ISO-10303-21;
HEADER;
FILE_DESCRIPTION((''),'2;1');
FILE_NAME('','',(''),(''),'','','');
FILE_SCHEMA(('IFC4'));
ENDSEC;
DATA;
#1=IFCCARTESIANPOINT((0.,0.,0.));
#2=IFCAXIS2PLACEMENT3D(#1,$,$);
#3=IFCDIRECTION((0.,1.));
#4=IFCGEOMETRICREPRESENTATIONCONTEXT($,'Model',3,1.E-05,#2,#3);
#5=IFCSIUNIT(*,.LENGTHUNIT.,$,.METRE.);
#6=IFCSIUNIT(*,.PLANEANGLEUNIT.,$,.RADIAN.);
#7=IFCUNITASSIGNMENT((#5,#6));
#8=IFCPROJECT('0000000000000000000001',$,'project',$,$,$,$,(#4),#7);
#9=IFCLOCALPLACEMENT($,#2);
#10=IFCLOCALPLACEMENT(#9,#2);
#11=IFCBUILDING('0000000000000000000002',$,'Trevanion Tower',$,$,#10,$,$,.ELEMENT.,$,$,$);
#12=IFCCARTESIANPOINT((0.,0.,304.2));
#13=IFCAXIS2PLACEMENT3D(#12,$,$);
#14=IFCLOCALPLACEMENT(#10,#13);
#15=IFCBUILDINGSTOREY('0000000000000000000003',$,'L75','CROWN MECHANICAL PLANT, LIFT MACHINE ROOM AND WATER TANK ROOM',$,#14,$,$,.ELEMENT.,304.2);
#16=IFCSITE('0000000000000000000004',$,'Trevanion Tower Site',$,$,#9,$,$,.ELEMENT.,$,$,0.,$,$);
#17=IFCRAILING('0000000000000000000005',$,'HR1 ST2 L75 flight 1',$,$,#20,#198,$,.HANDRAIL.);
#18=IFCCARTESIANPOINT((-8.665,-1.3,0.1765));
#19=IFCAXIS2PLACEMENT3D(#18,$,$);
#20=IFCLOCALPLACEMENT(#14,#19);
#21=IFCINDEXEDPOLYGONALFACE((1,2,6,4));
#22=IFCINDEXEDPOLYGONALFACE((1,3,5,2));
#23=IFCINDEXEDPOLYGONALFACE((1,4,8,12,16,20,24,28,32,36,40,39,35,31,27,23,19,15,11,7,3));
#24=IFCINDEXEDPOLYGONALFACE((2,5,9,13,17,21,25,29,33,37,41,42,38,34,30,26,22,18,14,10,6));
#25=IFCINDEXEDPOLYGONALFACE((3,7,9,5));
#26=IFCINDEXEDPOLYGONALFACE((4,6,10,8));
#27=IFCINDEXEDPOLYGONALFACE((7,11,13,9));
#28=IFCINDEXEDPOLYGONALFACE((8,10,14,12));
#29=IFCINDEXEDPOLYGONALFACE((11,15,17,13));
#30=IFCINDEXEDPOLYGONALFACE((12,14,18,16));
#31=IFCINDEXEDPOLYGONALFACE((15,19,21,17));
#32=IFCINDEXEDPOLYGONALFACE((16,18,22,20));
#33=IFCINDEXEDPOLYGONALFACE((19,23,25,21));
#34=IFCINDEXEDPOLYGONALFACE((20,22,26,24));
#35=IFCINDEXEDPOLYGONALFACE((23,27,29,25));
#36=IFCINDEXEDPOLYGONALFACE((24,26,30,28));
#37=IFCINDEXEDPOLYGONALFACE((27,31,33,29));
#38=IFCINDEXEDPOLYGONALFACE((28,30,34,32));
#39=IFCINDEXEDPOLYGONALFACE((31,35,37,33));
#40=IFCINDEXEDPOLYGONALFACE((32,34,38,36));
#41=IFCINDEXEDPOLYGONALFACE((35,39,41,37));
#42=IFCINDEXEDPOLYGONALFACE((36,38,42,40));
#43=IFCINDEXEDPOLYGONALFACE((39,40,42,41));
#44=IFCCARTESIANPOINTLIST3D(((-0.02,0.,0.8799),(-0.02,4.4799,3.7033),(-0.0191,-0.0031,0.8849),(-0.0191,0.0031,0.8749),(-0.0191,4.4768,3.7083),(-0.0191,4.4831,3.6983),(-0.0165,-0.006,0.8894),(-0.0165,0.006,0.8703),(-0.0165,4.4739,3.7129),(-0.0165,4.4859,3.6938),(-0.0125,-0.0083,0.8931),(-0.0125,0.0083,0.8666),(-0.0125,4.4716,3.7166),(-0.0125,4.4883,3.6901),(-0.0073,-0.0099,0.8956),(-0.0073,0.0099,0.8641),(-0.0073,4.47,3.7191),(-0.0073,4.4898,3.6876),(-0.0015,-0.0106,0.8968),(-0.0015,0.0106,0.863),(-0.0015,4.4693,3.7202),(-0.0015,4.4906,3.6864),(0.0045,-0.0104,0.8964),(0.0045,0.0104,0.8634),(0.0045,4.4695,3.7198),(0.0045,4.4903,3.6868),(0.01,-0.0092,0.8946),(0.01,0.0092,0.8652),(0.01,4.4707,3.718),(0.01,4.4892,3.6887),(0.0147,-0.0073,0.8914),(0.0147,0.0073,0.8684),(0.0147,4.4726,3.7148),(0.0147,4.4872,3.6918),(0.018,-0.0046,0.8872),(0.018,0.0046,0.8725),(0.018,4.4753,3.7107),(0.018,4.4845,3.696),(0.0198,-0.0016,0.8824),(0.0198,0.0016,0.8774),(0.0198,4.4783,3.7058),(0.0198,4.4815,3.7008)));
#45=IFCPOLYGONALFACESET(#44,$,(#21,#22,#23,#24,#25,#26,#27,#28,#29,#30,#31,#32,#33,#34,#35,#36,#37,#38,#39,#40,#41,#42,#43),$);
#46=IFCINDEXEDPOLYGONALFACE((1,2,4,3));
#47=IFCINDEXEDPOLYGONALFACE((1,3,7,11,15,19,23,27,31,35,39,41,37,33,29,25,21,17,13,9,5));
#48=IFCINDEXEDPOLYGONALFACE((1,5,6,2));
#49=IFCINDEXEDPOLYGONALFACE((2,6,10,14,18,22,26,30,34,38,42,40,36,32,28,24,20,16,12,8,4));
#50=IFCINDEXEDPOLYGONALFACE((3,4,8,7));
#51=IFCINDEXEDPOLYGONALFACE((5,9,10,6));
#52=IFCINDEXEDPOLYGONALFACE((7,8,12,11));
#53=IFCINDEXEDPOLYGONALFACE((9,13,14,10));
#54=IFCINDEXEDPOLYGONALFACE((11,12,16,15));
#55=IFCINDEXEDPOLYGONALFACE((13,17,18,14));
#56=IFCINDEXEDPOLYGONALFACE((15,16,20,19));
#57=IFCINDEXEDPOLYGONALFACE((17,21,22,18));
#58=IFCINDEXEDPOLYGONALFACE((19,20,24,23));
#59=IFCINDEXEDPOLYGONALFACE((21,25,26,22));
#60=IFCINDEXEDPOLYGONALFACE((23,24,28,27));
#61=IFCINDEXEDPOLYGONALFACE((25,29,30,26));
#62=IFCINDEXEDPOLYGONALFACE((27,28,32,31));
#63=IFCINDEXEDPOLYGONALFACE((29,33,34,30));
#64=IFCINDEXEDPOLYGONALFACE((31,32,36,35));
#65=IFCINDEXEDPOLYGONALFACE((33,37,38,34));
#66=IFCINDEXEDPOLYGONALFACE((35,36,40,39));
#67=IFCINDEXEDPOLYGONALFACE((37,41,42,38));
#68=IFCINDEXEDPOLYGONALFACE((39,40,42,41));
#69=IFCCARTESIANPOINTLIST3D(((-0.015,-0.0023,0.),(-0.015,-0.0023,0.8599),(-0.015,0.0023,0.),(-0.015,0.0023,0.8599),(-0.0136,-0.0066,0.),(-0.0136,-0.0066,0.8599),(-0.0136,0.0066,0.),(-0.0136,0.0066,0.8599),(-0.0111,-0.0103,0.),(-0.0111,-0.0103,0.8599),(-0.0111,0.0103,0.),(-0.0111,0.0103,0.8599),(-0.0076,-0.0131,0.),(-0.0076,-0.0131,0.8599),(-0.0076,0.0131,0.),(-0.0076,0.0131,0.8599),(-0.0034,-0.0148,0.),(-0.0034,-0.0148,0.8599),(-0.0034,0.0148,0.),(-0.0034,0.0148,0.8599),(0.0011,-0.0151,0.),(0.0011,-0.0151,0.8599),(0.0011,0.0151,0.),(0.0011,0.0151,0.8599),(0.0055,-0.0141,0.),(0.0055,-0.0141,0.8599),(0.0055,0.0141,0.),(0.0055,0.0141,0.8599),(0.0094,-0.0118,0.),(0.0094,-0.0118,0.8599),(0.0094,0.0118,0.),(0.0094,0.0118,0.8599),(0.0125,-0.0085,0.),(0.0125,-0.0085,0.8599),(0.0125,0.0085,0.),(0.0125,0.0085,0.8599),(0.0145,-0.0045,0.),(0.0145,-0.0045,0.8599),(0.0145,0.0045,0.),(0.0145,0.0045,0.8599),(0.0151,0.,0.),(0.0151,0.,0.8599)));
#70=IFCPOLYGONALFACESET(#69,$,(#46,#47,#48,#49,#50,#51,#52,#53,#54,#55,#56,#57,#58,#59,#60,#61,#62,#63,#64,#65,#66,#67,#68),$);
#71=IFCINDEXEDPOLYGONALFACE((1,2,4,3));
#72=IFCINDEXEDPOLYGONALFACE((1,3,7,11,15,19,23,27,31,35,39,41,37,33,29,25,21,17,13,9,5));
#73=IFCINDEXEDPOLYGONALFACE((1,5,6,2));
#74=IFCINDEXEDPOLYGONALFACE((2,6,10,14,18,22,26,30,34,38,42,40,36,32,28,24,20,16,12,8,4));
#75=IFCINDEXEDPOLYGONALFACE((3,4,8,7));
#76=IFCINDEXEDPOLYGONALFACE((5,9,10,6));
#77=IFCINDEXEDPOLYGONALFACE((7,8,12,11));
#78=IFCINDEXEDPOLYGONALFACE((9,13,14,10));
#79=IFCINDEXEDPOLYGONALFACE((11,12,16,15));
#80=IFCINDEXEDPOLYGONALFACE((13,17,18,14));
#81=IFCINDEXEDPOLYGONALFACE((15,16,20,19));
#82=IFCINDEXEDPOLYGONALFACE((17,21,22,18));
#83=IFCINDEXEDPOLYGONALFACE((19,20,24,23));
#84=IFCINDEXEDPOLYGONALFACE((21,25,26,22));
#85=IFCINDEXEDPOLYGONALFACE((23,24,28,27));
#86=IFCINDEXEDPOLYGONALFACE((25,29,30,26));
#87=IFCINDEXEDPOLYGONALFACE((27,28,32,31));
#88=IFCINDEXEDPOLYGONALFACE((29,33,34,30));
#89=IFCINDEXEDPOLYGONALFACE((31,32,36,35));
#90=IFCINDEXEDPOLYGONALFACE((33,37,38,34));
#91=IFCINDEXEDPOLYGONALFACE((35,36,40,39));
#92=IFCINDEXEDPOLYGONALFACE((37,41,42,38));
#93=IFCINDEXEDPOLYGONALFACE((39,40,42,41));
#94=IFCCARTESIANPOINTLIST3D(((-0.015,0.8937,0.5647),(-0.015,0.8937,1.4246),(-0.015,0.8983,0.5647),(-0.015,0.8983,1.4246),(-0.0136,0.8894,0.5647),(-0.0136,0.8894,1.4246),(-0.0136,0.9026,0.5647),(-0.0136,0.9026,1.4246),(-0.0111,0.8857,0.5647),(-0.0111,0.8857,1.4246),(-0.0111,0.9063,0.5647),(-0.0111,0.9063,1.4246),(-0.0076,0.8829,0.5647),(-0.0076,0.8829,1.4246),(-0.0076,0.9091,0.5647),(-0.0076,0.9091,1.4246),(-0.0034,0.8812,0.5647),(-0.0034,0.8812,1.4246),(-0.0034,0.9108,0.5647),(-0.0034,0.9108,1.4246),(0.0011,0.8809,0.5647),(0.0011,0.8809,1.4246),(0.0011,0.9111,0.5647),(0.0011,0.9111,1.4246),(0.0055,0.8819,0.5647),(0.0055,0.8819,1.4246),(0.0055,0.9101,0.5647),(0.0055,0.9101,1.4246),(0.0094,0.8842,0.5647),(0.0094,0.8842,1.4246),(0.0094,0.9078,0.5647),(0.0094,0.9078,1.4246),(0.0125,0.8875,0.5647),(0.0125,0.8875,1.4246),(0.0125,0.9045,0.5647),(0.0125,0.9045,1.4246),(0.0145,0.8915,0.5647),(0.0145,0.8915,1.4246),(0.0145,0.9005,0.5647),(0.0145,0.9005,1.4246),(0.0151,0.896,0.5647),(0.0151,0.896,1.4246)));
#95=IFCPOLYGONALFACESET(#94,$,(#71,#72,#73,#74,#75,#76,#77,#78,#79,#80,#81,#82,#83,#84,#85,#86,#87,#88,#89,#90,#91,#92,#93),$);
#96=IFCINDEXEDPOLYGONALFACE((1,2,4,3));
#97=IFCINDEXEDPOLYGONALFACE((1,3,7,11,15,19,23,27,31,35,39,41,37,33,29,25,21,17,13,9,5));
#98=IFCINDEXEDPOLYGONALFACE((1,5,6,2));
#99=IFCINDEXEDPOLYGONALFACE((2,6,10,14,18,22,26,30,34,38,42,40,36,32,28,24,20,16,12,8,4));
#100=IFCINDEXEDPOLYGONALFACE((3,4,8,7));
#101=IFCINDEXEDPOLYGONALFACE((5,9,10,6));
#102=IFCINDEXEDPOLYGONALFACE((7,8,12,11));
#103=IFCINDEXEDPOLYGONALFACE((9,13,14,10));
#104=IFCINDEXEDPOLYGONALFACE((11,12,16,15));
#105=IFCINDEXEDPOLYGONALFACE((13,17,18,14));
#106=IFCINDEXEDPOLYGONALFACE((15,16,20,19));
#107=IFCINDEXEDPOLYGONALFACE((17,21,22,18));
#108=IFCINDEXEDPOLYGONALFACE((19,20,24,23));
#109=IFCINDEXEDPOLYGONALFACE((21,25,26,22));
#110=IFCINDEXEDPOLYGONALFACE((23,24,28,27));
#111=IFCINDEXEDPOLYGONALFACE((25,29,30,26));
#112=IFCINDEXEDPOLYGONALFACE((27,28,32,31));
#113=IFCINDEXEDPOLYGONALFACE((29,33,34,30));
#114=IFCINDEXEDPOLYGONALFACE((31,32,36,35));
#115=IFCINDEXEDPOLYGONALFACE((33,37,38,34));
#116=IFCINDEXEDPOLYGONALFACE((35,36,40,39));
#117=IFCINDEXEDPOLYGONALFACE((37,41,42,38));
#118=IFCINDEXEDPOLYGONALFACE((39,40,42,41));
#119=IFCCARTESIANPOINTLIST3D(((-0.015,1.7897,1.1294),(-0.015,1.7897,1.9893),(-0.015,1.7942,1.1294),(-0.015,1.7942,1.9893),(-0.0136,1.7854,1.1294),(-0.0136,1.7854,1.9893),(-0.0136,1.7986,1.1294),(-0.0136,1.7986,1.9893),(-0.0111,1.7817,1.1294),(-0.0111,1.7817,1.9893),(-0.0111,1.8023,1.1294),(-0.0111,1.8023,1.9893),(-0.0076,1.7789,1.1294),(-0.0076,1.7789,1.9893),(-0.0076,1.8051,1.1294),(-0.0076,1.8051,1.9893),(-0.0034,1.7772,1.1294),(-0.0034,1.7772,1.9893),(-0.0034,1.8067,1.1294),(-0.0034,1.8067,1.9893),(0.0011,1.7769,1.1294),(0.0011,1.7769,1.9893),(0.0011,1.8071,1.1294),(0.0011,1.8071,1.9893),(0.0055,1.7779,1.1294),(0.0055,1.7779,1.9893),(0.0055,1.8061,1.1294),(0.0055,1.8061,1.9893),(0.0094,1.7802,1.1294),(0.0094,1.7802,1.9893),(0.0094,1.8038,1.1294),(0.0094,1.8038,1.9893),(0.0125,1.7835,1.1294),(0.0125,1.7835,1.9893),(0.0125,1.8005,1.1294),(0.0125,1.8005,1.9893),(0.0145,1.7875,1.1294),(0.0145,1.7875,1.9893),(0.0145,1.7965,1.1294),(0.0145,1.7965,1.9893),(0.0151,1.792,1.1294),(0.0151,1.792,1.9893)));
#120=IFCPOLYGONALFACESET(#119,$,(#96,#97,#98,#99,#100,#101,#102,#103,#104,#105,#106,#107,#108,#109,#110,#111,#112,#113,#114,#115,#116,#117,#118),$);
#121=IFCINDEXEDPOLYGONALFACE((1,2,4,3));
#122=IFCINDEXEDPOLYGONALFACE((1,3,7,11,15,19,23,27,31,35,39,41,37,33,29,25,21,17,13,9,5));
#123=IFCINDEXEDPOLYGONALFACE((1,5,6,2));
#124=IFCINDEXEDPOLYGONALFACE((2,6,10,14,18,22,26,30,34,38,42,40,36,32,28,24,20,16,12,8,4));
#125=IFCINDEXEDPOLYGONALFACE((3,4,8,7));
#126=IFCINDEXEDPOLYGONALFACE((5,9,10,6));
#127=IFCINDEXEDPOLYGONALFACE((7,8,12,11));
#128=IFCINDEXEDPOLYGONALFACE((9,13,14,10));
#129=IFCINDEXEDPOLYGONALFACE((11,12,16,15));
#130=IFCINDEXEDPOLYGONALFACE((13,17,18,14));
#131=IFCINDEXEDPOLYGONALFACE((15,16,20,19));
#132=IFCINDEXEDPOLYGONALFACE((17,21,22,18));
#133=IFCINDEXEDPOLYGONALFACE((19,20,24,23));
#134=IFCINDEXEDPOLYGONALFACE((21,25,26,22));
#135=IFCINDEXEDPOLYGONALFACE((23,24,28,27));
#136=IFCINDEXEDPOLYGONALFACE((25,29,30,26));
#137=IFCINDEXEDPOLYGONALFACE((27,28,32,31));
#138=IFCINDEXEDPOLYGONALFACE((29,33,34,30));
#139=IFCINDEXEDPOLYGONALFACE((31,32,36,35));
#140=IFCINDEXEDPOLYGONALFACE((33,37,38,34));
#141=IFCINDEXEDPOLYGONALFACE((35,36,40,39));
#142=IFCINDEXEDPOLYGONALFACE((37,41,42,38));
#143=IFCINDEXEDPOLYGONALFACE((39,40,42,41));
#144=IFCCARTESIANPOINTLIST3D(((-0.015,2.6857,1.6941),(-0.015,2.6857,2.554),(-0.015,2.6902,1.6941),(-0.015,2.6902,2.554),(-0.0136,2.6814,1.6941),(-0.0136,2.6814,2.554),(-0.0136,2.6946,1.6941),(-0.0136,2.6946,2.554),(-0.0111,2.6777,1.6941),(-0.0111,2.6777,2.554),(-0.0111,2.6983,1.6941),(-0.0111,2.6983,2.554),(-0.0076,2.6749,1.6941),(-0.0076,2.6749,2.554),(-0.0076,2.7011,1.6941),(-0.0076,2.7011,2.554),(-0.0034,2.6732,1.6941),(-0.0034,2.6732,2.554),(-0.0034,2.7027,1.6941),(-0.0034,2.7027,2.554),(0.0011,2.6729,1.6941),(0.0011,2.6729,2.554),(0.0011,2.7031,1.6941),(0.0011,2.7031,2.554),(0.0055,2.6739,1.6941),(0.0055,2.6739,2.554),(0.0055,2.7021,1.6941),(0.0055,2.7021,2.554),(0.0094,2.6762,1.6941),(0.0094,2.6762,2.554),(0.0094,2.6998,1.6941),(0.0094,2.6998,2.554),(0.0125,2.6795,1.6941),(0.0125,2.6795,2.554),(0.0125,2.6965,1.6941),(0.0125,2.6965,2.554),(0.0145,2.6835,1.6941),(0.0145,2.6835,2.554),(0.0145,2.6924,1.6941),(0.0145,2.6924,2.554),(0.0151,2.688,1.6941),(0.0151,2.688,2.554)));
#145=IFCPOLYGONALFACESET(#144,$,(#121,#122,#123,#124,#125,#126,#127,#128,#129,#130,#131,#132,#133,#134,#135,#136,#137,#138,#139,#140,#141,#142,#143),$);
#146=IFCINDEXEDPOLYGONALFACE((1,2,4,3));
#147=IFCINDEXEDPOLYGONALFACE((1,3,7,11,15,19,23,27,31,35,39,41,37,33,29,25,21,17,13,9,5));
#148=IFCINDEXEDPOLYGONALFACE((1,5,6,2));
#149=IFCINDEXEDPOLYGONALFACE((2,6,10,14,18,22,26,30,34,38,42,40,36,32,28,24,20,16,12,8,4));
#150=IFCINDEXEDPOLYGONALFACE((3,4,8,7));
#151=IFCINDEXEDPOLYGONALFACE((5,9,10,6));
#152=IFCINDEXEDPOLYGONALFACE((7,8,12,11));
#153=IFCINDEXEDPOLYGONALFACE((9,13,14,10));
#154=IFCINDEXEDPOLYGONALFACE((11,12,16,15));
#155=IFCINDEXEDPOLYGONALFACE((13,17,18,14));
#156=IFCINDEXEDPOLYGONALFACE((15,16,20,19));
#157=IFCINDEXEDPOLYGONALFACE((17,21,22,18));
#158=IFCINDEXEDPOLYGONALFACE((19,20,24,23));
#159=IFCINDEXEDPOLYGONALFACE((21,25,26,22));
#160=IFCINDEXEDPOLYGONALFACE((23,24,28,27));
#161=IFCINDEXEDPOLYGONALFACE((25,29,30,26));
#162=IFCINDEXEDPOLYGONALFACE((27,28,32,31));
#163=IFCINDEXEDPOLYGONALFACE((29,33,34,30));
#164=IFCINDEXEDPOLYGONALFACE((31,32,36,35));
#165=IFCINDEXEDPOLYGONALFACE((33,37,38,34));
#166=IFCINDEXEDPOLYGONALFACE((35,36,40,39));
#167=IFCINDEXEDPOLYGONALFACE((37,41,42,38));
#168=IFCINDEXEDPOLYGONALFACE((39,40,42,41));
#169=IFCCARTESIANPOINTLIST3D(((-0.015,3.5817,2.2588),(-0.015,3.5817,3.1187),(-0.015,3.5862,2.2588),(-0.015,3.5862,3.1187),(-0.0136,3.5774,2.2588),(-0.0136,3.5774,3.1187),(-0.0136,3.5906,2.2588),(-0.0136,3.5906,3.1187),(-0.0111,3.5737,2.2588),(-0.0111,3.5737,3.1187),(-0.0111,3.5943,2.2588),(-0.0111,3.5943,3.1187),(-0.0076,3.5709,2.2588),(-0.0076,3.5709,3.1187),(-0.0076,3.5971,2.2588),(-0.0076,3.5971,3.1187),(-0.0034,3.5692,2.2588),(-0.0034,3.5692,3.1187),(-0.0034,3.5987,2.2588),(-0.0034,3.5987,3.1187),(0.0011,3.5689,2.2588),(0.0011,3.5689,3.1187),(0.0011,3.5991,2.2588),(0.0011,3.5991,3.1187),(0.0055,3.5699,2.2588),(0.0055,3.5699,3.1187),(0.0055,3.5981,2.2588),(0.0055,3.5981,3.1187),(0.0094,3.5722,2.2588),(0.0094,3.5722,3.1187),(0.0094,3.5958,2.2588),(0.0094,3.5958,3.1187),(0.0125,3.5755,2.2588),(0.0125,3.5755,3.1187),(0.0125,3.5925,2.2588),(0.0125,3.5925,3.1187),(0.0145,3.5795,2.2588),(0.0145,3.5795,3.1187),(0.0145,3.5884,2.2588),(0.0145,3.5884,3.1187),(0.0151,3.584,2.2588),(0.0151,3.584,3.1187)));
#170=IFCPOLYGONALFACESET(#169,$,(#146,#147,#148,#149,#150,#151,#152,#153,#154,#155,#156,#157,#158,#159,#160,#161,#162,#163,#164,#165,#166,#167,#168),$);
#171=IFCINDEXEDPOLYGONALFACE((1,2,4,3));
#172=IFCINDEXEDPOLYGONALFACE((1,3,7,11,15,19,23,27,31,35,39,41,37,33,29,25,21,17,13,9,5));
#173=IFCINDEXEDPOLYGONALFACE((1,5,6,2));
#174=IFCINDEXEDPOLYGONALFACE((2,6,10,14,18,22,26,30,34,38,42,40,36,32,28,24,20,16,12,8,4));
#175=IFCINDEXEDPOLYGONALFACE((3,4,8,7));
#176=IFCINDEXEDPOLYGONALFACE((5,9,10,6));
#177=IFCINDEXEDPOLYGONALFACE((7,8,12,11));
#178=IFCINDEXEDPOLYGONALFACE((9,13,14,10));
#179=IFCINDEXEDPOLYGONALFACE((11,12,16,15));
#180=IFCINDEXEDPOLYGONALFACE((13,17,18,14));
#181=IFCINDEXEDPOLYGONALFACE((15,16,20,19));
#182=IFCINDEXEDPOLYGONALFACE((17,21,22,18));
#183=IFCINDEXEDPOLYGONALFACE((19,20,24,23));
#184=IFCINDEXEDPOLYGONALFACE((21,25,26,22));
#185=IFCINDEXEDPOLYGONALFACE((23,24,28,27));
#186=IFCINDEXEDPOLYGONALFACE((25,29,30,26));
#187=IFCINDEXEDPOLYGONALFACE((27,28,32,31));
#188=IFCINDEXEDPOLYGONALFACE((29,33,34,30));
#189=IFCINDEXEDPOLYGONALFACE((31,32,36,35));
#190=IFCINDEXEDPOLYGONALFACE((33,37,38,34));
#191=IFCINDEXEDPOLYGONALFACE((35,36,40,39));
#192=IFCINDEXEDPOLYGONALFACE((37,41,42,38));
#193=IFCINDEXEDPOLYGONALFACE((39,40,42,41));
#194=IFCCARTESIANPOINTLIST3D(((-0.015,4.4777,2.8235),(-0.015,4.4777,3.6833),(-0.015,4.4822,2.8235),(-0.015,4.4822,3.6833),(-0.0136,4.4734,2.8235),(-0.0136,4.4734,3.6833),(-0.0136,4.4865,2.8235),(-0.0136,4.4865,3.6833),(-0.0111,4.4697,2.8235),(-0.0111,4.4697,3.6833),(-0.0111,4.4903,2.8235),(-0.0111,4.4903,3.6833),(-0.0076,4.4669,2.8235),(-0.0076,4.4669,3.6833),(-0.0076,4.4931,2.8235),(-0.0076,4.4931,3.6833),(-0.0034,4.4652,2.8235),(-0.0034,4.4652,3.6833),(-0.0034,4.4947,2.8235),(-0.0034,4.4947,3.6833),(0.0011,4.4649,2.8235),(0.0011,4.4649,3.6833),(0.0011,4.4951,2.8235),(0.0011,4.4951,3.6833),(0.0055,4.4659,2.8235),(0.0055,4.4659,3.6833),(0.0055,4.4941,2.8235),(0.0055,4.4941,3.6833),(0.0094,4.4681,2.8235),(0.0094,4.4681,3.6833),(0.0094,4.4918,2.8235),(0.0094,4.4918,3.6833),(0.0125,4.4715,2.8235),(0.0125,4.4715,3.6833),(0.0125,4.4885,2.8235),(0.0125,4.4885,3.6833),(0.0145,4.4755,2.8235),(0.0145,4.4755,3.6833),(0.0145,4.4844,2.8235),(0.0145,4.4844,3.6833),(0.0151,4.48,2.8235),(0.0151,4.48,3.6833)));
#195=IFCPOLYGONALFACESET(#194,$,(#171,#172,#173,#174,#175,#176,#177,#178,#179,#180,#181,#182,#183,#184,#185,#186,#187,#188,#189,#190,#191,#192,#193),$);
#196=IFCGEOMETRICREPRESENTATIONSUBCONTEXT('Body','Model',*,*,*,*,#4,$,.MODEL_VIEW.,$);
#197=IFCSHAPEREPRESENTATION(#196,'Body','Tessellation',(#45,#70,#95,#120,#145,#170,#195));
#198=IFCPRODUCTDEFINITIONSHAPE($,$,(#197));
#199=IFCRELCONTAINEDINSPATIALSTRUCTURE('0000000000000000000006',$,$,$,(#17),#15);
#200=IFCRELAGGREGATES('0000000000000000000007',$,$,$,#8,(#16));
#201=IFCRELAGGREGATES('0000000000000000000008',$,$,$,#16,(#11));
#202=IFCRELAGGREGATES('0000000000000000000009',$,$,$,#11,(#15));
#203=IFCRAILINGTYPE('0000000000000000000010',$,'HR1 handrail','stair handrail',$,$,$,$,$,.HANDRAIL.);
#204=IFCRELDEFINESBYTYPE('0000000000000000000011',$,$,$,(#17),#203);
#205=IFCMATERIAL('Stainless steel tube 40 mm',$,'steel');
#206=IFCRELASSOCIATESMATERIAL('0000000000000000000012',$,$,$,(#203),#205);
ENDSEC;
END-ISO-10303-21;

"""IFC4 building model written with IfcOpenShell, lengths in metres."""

from ifc_helpers import new_model, si_unit, direction, frame, origin, origin_2d, place, context, subcontext, project, spatial, circle, extrude, material, type_object, element, save


model = new_model("IFC4")

# Units and contexts
model_context = context("Model", 3, precision=1e-05, world=origin(), true_north=direction((0.0, 1.0)))
body_context = subcontext(model_context, "Body", "Model", "MODEL_VIEW")
ifc_project = project(units=[si_unit("LENGTHUNIT", "METRE"), si_unit("PLANEANGLEUNIT", "RADIAN")], contexts=[model_context])

# Site, building, storey
site_placement = place(None, origin())
site = spatial("IfcSite", under=ifc_project, at=site_placement, Name="Trevanion Tower Site", CompositionType="ELEMENT", RefElevation=0.0)
building_placement = place(site_placement, origin())
building = spatial("IfcBuilding", under=site, at=building_placement, Name="Trevanion Tower", CompositionType="ELEMENT")
storey_placement = place(building_placement, frame((0.0, 0.0, 304.2)))
storey = spatial("IfcBuildingStorey", under=building, at=storey_placement, Name="L75", Description="CROWN MECHANICAL PLANT, LIFT MACHINE ROOM AND WATER TANK ROOM", CompositionType="ELEMENT", Elevation=304.2)

# Railing
ifc_material_1 = material(Name="Stainless steel tube 40 mm", Category="steel")
railing_type = type_object("IfcRailingType", Name="HR1 handrail", Description="stair handrail", PredefinedType="HANDRAIL", material=ifc_material_1)
for number, where, name in (
    (1, (-8.665, -1.3, 0.1765), "HR1 ST2 L75 flight 1"),
):
    element("IfcRailing", number, at=place(storey_placement, frame(where)), inside=storey, type_object=railing_type, Name=name, PredefinedType="HANDRAIL", context=body_context, shape_type="SweptSolid", body=[
        extrude(circle(Radius=0.02, at=origin_2d()), frame((0.0, 0.0, 0.8799), z_axis=(0.0, 0.845998, 0.533186), x_axis=(-1.0, 0.0, 0.0)), (0.0, 0.0, 1.0), 5.2954),
        extrude(circle(Radius=0.0151, at=origin_2d()), origin(), (0.0, 0.0, 1.0), 0.8599),
        extrude(circle(Radius=0.0151, at=origin_2d()), frame((0.0, 0.896, 0.5647)), (0.0, 0.0, 1.0), 0.8599),
        extrude(circle(Radius=0.0151, at=origin_2d()), frame((0.0, 1.792, 1.1294)), (0.0, 0.0, 1.0), 0.8599),
        extrude(circle(Radius=0.0151, at=origin_2d()), frame((0.0, 2.688, 1.6941)), (0.0, 0.0, 1.0), 0.8599),
        extrude(circle(Radius=0.0151, at=origin_2d()), frame((0.0, 3.584, 2.2588)), (0.0, 0.0, 1.0), 0.8599),
        extrude(circle(Radius=0.0151, at=origin_2d()), frame((0.0, 4.48, 2.8235)), (0.0, 0.0, 1.0), 0.8599),
    ])

save(model, "model.ifc")
